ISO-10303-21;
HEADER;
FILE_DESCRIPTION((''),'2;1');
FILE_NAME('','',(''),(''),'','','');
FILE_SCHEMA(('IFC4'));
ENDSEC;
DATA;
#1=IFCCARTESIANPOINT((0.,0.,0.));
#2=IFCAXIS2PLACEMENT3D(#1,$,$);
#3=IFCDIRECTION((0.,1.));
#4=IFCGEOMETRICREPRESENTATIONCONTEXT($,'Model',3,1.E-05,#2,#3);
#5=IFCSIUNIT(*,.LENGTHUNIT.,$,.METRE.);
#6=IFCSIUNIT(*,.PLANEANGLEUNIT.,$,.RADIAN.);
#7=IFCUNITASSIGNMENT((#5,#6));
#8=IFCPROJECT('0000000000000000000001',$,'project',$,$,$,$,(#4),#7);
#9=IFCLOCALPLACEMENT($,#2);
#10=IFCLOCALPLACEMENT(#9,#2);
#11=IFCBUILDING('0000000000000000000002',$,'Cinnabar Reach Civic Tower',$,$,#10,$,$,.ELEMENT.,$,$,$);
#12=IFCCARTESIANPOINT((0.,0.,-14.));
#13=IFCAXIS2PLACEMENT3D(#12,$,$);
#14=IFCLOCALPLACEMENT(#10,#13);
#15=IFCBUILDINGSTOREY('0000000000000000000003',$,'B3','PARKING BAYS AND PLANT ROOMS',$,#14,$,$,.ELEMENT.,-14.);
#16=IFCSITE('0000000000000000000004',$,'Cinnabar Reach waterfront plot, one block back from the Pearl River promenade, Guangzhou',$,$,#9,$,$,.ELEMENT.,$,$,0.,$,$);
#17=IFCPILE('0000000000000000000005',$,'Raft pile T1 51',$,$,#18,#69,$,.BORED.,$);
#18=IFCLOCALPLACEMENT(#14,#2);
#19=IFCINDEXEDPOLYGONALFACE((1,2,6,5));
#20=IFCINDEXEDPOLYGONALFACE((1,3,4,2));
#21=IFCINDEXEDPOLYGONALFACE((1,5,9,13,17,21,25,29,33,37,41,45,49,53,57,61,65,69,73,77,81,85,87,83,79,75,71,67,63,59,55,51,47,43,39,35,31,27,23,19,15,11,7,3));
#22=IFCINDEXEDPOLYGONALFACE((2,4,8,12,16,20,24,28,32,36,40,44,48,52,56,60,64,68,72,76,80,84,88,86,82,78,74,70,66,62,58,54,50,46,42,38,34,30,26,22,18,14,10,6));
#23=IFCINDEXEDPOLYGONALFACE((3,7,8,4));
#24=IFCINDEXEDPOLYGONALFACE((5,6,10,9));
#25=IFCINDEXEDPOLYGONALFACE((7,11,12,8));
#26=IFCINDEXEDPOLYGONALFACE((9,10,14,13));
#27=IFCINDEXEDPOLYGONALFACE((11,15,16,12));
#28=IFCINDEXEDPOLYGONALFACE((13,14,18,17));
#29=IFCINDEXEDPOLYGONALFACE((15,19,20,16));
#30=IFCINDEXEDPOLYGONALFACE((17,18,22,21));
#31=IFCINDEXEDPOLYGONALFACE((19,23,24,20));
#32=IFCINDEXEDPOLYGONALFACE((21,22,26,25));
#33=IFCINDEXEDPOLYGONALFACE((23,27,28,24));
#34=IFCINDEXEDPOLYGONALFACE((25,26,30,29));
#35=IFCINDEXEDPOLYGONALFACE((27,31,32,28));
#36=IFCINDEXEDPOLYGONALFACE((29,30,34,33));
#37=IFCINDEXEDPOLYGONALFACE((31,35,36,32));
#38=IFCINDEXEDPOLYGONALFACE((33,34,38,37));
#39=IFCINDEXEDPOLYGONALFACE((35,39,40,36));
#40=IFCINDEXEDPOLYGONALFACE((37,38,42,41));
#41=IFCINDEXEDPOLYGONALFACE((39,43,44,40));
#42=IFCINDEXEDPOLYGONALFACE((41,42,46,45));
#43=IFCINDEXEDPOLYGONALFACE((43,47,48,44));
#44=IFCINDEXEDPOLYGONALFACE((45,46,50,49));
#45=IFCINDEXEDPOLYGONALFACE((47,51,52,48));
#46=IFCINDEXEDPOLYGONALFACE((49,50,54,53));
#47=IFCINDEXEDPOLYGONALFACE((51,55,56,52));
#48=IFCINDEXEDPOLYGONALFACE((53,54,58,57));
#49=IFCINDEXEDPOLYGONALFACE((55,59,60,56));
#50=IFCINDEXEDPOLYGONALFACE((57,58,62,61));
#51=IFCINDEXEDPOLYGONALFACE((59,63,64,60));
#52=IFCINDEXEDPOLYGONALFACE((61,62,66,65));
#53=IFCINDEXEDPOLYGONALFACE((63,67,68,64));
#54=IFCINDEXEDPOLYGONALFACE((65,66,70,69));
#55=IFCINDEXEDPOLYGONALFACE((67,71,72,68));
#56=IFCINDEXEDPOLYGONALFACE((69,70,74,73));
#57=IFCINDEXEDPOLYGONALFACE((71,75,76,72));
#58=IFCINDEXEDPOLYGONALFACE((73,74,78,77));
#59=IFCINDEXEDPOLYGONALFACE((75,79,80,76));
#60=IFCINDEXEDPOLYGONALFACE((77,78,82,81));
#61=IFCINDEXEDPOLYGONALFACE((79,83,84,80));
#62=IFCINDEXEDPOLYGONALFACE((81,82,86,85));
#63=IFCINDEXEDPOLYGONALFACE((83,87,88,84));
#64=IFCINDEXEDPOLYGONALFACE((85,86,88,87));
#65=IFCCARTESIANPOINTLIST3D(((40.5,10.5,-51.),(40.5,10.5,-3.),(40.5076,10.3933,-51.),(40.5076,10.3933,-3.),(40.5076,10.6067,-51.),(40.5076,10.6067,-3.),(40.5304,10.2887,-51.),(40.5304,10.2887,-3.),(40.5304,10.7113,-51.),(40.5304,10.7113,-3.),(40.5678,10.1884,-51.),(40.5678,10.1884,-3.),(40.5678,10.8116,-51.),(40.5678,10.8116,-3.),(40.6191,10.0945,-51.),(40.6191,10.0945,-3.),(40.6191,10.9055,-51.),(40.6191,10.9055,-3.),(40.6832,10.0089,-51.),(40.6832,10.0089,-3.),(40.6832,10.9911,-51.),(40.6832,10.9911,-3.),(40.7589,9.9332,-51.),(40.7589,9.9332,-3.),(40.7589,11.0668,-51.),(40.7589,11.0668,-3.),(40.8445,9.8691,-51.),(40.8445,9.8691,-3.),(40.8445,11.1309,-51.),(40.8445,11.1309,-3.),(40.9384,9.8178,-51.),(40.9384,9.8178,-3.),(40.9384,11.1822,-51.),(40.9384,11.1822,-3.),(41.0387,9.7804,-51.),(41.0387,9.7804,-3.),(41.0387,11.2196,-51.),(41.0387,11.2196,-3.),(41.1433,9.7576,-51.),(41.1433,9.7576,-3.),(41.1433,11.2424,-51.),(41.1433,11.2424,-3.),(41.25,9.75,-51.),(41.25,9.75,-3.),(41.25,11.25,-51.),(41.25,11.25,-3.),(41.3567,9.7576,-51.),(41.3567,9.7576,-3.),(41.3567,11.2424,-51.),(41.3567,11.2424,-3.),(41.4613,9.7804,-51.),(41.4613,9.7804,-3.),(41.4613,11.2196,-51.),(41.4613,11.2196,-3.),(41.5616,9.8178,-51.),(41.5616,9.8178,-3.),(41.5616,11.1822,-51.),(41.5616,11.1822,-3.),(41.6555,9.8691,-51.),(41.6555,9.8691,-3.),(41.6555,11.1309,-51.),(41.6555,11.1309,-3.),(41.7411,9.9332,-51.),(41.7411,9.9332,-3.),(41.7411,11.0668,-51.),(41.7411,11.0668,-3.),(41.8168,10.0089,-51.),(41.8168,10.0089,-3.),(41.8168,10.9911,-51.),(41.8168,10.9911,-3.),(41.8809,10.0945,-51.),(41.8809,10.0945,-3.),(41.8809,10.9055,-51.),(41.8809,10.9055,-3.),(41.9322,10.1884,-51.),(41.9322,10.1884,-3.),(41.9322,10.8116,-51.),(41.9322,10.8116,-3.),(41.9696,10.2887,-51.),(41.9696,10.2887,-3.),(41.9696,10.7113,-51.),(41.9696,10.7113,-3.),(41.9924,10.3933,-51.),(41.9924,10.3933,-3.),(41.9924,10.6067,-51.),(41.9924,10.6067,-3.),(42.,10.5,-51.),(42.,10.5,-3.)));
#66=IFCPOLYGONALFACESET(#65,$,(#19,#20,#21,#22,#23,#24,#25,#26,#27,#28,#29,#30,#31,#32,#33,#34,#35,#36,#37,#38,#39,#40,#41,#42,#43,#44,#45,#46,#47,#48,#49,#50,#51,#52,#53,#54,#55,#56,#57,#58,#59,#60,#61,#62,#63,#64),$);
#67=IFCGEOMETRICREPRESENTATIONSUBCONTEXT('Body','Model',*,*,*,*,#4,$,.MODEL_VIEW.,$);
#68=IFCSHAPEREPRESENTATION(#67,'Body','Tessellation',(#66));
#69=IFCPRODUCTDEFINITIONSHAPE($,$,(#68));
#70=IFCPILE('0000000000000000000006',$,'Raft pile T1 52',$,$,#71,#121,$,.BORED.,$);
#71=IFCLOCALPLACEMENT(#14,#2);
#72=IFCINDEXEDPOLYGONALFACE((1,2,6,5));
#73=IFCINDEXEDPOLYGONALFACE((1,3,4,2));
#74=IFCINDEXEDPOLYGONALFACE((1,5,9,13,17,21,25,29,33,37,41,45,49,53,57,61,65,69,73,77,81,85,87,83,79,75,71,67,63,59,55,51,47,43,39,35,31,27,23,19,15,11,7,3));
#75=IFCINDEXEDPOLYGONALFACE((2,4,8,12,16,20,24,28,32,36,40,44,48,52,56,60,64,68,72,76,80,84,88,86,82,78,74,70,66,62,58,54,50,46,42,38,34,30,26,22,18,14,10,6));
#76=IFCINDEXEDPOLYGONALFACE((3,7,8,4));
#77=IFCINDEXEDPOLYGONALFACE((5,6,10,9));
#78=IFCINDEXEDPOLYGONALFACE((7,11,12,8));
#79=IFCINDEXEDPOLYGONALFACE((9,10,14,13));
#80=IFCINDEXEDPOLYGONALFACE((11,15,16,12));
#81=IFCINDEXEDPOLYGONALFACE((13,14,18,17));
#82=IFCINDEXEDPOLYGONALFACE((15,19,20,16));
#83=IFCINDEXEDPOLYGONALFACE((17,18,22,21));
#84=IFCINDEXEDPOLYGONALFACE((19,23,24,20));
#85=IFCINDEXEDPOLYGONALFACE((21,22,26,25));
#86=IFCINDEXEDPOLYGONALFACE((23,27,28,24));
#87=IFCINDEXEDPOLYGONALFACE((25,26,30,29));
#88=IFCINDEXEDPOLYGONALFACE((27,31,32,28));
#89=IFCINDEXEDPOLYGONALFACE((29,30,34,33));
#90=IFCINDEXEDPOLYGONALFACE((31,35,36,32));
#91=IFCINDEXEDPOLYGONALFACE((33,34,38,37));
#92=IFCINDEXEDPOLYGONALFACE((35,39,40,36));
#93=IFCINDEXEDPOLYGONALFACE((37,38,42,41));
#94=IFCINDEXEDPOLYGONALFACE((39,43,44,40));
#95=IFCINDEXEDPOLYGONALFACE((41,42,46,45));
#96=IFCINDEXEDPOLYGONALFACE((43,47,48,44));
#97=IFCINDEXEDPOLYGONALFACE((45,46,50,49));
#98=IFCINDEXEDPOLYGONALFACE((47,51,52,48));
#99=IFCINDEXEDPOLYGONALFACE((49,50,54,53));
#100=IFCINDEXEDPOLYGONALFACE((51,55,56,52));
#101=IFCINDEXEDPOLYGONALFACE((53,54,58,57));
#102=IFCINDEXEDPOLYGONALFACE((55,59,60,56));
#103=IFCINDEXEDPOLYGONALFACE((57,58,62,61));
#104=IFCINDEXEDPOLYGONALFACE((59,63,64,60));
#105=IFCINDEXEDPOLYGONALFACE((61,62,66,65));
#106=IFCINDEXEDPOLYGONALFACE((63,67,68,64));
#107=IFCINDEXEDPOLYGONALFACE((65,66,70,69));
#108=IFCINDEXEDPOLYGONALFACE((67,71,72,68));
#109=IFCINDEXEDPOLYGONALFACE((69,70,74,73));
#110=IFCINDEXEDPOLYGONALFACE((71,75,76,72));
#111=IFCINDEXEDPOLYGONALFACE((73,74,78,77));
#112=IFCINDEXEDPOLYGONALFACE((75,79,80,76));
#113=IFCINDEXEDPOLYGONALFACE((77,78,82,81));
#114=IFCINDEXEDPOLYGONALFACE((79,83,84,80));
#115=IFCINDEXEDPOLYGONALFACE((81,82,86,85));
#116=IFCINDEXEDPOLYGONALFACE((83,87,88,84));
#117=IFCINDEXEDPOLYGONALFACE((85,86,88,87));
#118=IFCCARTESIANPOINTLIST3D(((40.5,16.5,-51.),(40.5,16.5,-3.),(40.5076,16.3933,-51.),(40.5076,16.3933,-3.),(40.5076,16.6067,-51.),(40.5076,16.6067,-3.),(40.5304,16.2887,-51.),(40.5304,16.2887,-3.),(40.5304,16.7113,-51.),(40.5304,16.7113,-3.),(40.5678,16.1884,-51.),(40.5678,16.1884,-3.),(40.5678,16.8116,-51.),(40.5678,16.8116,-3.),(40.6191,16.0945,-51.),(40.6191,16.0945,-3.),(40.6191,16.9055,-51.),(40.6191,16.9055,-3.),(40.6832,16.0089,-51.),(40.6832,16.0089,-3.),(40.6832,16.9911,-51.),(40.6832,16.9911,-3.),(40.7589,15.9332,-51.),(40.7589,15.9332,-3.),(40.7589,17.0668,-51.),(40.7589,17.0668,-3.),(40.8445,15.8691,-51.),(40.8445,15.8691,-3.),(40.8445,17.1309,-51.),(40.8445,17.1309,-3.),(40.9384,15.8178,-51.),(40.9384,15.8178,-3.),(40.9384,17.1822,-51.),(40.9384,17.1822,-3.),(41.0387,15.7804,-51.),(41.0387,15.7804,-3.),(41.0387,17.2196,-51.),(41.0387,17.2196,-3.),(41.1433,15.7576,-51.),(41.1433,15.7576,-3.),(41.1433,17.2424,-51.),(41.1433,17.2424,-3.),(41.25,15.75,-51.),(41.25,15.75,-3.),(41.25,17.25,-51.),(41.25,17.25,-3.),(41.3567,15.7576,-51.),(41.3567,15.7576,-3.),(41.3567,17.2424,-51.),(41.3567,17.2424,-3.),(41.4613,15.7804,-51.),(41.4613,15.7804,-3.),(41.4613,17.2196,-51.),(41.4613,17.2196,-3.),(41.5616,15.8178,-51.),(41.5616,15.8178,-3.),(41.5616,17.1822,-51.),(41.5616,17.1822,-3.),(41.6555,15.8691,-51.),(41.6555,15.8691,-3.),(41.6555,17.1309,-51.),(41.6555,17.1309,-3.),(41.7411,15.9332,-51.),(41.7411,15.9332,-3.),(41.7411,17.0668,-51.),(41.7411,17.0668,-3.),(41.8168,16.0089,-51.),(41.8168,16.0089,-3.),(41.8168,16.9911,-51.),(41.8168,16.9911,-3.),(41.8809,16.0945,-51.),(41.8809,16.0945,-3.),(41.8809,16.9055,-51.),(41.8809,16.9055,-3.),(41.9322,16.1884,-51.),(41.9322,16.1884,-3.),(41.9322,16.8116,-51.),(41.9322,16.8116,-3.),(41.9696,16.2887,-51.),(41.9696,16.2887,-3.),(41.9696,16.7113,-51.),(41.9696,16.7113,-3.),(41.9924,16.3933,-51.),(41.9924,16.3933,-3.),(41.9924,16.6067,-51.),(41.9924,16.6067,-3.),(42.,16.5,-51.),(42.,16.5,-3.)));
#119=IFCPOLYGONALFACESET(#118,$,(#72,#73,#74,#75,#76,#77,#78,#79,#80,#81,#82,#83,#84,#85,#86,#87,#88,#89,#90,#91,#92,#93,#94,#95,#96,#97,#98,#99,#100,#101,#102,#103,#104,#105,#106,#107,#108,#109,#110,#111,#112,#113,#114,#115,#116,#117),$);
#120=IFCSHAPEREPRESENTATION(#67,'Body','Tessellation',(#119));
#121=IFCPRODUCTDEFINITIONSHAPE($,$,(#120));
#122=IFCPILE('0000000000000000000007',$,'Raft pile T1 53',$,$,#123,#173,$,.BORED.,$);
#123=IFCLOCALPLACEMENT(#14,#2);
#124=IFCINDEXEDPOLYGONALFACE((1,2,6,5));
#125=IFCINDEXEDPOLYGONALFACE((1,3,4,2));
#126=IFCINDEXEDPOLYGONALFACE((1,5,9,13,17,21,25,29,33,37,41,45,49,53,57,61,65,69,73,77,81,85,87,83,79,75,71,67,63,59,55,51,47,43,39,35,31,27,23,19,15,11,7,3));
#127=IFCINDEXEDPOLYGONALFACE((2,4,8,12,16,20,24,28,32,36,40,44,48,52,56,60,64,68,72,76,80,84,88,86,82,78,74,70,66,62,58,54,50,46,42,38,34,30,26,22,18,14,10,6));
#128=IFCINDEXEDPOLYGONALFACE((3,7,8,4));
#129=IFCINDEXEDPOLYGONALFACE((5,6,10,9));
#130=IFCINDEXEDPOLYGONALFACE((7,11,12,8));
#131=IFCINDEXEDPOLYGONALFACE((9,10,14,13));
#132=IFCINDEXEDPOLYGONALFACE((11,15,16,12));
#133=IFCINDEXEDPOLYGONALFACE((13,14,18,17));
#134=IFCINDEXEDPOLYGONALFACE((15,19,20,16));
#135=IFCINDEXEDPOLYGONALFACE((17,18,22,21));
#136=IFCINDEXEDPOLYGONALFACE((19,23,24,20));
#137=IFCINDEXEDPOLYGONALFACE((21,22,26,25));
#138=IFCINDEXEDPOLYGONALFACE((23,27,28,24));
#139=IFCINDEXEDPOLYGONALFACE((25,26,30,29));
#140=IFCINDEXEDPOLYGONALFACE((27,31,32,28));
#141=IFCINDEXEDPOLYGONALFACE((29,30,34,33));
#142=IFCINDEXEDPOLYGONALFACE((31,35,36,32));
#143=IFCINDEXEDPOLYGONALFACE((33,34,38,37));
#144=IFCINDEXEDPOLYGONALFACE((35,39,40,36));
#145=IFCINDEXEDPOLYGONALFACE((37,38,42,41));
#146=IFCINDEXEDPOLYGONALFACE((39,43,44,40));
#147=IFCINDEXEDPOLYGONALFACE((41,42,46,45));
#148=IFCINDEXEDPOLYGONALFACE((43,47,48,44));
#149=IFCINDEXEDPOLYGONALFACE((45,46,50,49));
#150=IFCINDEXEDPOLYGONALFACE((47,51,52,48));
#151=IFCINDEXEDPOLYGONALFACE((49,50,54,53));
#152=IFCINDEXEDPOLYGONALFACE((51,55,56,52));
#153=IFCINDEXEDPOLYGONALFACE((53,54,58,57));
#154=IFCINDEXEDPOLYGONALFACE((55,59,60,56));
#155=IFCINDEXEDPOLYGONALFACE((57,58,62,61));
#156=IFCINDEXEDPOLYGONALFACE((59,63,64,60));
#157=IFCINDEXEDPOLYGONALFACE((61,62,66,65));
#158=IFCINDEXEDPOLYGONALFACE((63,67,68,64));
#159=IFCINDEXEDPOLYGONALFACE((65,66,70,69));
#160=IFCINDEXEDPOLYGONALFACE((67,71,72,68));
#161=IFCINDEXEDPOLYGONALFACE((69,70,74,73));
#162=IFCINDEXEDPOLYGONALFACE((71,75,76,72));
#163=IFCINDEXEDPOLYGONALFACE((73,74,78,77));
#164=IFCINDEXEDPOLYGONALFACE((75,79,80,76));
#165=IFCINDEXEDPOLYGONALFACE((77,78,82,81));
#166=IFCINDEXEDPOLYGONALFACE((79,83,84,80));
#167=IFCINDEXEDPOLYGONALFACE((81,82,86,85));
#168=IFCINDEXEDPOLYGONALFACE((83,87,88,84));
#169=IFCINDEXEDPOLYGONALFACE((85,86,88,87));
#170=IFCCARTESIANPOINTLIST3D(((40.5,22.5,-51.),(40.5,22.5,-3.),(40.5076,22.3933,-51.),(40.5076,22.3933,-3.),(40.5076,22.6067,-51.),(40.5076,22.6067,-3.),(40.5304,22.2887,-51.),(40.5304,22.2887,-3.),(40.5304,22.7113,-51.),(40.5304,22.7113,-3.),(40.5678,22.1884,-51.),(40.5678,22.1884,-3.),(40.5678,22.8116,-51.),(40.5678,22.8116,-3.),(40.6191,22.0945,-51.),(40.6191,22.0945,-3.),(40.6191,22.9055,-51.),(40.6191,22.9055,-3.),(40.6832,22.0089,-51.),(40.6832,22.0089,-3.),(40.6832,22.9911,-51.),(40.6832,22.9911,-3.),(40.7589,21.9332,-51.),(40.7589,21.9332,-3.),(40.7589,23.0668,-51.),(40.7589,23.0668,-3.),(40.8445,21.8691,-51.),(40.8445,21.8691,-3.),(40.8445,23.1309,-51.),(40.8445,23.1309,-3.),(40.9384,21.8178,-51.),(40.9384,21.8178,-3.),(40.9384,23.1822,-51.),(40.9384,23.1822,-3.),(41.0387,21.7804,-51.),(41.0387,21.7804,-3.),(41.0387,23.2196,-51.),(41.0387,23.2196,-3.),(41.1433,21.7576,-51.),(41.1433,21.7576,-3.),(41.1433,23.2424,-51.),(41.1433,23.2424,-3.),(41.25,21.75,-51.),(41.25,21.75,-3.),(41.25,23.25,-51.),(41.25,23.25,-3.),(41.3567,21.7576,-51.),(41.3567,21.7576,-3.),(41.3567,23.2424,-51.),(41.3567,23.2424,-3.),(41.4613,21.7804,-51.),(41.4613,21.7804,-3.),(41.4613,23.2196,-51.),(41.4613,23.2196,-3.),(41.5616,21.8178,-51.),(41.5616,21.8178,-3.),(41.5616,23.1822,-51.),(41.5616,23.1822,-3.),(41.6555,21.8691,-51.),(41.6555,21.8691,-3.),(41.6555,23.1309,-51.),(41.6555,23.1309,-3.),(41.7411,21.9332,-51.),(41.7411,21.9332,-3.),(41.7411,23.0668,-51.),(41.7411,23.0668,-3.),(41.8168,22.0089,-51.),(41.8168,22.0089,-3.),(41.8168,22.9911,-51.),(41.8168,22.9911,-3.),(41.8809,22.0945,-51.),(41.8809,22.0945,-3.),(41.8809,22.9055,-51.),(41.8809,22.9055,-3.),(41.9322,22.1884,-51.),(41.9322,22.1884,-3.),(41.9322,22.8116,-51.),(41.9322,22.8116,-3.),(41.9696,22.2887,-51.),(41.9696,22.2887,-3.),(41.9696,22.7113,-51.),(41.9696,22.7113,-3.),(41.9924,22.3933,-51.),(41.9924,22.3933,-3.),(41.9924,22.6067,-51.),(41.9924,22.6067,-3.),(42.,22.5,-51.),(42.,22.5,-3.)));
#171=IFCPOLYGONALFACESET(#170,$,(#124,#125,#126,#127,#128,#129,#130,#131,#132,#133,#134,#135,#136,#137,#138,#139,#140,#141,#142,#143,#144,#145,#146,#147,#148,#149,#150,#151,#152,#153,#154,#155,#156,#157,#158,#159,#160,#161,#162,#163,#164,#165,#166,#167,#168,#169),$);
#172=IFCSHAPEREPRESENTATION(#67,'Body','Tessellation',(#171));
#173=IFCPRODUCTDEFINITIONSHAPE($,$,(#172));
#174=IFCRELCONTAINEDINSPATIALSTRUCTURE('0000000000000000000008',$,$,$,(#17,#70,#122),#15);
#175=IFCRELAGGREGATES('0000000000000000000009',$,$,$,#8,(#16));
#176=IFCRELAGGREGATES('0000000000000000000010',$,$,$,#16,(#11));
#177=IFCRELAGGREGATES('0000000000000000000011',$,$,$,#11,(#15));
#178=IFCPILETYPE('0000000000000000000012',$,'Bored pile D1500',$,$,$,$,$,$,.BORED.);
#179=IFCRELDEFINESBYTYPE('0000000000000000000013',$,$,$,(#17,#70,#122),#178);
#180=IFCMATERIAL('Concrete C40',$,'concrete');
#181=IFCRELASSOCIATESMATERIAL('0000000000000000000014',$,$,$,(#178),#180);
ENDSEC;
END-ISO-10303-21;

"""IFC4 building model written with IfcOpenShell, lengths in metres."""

from ifc_helpers import new_model, si_unit, direction, frame, origin, origin_2d, place, context, subcontext, project, spatial, circle, extrude, material, type_object, element, save


model = new_model("IFC4")

# Units and contexts
model_context = context("Model", 3, precision=1e-05, world=origin(), true_north=direction((0.0, 1.0)))
body_context = subcontext(model_context, "Body", "Model", "MODEL_VIEW")
ifc_project = project(units=[si_unit("LENGTHUNIT", "METRE"), si_unit("PLANEANGLEUNIT", "RADIAN")], contexts=[model_context])

# Site, building, storey
site_placement = place(None, origin())
site = spatial("IfcSite", under=ifc_project, at=site_placement, Name="Cinnabar Reach waterfront plot, one block back from the Pearl River promenade, Guangzhou", CompositionType="ELEMENT", RefElevation=0.0)
building_placement = place(site_placement, origin())
building = spatial("IfcBuilding", under=site, at=building_placement, Name="Cinnabar Reach Civic Tower", CompositionType="ELEMENT")
storey_placement = place(building_placement, frame((0.0, 0.0, -14.0)))
storey = spatial("IfcBuildingStorey", under=building, at=storey_placement, Name="B3", Description="PARKING BAYS AND PLANT ROOMS", CompositionType="ELEMENT", Elevation=-14.0)

# Piles
ifc_material_1 = material(Name="Concrete C40", Category="concrete")
pile_type = type_object("IfcPileType", Name="Bored pile D1500", PredefinedType="BORED", material=ifc_material_1)
for number, where, z_axis, x_axis, name in (
    (1, (41.25, 10.5, -3.0), (0.0, 0.0, -1.0), (1.0, 0.0, 0.0), "Raft pile T1 51"),
    (2, (41.25, 16.5, -3.0), (0.0, 0.0, -1.0), (1.0, 0.0, 0.0), "Raft pile T1 52"),
    (3, (41.25, 22.5, -3.0), (0.0, 0.0, -1.0), (1.0, 0.0, 0.0), "Raft pile T1 53"),
):
    element("IfcPile", number, at=place(storey_placement, frame(where, z_axis=z_axis, x_axis=x_axis)), inside=storey, type_object=pile_type, Name=name, PredefinedType="BORED", context=body_context, shape_type="SweptSolid", body=[
        extrude(circle(Radius=0.75, at=origin_2d()), origin(), (0.0, 0.0, 1.0), 48.0),
    ])

save(model, "model.ifc")
